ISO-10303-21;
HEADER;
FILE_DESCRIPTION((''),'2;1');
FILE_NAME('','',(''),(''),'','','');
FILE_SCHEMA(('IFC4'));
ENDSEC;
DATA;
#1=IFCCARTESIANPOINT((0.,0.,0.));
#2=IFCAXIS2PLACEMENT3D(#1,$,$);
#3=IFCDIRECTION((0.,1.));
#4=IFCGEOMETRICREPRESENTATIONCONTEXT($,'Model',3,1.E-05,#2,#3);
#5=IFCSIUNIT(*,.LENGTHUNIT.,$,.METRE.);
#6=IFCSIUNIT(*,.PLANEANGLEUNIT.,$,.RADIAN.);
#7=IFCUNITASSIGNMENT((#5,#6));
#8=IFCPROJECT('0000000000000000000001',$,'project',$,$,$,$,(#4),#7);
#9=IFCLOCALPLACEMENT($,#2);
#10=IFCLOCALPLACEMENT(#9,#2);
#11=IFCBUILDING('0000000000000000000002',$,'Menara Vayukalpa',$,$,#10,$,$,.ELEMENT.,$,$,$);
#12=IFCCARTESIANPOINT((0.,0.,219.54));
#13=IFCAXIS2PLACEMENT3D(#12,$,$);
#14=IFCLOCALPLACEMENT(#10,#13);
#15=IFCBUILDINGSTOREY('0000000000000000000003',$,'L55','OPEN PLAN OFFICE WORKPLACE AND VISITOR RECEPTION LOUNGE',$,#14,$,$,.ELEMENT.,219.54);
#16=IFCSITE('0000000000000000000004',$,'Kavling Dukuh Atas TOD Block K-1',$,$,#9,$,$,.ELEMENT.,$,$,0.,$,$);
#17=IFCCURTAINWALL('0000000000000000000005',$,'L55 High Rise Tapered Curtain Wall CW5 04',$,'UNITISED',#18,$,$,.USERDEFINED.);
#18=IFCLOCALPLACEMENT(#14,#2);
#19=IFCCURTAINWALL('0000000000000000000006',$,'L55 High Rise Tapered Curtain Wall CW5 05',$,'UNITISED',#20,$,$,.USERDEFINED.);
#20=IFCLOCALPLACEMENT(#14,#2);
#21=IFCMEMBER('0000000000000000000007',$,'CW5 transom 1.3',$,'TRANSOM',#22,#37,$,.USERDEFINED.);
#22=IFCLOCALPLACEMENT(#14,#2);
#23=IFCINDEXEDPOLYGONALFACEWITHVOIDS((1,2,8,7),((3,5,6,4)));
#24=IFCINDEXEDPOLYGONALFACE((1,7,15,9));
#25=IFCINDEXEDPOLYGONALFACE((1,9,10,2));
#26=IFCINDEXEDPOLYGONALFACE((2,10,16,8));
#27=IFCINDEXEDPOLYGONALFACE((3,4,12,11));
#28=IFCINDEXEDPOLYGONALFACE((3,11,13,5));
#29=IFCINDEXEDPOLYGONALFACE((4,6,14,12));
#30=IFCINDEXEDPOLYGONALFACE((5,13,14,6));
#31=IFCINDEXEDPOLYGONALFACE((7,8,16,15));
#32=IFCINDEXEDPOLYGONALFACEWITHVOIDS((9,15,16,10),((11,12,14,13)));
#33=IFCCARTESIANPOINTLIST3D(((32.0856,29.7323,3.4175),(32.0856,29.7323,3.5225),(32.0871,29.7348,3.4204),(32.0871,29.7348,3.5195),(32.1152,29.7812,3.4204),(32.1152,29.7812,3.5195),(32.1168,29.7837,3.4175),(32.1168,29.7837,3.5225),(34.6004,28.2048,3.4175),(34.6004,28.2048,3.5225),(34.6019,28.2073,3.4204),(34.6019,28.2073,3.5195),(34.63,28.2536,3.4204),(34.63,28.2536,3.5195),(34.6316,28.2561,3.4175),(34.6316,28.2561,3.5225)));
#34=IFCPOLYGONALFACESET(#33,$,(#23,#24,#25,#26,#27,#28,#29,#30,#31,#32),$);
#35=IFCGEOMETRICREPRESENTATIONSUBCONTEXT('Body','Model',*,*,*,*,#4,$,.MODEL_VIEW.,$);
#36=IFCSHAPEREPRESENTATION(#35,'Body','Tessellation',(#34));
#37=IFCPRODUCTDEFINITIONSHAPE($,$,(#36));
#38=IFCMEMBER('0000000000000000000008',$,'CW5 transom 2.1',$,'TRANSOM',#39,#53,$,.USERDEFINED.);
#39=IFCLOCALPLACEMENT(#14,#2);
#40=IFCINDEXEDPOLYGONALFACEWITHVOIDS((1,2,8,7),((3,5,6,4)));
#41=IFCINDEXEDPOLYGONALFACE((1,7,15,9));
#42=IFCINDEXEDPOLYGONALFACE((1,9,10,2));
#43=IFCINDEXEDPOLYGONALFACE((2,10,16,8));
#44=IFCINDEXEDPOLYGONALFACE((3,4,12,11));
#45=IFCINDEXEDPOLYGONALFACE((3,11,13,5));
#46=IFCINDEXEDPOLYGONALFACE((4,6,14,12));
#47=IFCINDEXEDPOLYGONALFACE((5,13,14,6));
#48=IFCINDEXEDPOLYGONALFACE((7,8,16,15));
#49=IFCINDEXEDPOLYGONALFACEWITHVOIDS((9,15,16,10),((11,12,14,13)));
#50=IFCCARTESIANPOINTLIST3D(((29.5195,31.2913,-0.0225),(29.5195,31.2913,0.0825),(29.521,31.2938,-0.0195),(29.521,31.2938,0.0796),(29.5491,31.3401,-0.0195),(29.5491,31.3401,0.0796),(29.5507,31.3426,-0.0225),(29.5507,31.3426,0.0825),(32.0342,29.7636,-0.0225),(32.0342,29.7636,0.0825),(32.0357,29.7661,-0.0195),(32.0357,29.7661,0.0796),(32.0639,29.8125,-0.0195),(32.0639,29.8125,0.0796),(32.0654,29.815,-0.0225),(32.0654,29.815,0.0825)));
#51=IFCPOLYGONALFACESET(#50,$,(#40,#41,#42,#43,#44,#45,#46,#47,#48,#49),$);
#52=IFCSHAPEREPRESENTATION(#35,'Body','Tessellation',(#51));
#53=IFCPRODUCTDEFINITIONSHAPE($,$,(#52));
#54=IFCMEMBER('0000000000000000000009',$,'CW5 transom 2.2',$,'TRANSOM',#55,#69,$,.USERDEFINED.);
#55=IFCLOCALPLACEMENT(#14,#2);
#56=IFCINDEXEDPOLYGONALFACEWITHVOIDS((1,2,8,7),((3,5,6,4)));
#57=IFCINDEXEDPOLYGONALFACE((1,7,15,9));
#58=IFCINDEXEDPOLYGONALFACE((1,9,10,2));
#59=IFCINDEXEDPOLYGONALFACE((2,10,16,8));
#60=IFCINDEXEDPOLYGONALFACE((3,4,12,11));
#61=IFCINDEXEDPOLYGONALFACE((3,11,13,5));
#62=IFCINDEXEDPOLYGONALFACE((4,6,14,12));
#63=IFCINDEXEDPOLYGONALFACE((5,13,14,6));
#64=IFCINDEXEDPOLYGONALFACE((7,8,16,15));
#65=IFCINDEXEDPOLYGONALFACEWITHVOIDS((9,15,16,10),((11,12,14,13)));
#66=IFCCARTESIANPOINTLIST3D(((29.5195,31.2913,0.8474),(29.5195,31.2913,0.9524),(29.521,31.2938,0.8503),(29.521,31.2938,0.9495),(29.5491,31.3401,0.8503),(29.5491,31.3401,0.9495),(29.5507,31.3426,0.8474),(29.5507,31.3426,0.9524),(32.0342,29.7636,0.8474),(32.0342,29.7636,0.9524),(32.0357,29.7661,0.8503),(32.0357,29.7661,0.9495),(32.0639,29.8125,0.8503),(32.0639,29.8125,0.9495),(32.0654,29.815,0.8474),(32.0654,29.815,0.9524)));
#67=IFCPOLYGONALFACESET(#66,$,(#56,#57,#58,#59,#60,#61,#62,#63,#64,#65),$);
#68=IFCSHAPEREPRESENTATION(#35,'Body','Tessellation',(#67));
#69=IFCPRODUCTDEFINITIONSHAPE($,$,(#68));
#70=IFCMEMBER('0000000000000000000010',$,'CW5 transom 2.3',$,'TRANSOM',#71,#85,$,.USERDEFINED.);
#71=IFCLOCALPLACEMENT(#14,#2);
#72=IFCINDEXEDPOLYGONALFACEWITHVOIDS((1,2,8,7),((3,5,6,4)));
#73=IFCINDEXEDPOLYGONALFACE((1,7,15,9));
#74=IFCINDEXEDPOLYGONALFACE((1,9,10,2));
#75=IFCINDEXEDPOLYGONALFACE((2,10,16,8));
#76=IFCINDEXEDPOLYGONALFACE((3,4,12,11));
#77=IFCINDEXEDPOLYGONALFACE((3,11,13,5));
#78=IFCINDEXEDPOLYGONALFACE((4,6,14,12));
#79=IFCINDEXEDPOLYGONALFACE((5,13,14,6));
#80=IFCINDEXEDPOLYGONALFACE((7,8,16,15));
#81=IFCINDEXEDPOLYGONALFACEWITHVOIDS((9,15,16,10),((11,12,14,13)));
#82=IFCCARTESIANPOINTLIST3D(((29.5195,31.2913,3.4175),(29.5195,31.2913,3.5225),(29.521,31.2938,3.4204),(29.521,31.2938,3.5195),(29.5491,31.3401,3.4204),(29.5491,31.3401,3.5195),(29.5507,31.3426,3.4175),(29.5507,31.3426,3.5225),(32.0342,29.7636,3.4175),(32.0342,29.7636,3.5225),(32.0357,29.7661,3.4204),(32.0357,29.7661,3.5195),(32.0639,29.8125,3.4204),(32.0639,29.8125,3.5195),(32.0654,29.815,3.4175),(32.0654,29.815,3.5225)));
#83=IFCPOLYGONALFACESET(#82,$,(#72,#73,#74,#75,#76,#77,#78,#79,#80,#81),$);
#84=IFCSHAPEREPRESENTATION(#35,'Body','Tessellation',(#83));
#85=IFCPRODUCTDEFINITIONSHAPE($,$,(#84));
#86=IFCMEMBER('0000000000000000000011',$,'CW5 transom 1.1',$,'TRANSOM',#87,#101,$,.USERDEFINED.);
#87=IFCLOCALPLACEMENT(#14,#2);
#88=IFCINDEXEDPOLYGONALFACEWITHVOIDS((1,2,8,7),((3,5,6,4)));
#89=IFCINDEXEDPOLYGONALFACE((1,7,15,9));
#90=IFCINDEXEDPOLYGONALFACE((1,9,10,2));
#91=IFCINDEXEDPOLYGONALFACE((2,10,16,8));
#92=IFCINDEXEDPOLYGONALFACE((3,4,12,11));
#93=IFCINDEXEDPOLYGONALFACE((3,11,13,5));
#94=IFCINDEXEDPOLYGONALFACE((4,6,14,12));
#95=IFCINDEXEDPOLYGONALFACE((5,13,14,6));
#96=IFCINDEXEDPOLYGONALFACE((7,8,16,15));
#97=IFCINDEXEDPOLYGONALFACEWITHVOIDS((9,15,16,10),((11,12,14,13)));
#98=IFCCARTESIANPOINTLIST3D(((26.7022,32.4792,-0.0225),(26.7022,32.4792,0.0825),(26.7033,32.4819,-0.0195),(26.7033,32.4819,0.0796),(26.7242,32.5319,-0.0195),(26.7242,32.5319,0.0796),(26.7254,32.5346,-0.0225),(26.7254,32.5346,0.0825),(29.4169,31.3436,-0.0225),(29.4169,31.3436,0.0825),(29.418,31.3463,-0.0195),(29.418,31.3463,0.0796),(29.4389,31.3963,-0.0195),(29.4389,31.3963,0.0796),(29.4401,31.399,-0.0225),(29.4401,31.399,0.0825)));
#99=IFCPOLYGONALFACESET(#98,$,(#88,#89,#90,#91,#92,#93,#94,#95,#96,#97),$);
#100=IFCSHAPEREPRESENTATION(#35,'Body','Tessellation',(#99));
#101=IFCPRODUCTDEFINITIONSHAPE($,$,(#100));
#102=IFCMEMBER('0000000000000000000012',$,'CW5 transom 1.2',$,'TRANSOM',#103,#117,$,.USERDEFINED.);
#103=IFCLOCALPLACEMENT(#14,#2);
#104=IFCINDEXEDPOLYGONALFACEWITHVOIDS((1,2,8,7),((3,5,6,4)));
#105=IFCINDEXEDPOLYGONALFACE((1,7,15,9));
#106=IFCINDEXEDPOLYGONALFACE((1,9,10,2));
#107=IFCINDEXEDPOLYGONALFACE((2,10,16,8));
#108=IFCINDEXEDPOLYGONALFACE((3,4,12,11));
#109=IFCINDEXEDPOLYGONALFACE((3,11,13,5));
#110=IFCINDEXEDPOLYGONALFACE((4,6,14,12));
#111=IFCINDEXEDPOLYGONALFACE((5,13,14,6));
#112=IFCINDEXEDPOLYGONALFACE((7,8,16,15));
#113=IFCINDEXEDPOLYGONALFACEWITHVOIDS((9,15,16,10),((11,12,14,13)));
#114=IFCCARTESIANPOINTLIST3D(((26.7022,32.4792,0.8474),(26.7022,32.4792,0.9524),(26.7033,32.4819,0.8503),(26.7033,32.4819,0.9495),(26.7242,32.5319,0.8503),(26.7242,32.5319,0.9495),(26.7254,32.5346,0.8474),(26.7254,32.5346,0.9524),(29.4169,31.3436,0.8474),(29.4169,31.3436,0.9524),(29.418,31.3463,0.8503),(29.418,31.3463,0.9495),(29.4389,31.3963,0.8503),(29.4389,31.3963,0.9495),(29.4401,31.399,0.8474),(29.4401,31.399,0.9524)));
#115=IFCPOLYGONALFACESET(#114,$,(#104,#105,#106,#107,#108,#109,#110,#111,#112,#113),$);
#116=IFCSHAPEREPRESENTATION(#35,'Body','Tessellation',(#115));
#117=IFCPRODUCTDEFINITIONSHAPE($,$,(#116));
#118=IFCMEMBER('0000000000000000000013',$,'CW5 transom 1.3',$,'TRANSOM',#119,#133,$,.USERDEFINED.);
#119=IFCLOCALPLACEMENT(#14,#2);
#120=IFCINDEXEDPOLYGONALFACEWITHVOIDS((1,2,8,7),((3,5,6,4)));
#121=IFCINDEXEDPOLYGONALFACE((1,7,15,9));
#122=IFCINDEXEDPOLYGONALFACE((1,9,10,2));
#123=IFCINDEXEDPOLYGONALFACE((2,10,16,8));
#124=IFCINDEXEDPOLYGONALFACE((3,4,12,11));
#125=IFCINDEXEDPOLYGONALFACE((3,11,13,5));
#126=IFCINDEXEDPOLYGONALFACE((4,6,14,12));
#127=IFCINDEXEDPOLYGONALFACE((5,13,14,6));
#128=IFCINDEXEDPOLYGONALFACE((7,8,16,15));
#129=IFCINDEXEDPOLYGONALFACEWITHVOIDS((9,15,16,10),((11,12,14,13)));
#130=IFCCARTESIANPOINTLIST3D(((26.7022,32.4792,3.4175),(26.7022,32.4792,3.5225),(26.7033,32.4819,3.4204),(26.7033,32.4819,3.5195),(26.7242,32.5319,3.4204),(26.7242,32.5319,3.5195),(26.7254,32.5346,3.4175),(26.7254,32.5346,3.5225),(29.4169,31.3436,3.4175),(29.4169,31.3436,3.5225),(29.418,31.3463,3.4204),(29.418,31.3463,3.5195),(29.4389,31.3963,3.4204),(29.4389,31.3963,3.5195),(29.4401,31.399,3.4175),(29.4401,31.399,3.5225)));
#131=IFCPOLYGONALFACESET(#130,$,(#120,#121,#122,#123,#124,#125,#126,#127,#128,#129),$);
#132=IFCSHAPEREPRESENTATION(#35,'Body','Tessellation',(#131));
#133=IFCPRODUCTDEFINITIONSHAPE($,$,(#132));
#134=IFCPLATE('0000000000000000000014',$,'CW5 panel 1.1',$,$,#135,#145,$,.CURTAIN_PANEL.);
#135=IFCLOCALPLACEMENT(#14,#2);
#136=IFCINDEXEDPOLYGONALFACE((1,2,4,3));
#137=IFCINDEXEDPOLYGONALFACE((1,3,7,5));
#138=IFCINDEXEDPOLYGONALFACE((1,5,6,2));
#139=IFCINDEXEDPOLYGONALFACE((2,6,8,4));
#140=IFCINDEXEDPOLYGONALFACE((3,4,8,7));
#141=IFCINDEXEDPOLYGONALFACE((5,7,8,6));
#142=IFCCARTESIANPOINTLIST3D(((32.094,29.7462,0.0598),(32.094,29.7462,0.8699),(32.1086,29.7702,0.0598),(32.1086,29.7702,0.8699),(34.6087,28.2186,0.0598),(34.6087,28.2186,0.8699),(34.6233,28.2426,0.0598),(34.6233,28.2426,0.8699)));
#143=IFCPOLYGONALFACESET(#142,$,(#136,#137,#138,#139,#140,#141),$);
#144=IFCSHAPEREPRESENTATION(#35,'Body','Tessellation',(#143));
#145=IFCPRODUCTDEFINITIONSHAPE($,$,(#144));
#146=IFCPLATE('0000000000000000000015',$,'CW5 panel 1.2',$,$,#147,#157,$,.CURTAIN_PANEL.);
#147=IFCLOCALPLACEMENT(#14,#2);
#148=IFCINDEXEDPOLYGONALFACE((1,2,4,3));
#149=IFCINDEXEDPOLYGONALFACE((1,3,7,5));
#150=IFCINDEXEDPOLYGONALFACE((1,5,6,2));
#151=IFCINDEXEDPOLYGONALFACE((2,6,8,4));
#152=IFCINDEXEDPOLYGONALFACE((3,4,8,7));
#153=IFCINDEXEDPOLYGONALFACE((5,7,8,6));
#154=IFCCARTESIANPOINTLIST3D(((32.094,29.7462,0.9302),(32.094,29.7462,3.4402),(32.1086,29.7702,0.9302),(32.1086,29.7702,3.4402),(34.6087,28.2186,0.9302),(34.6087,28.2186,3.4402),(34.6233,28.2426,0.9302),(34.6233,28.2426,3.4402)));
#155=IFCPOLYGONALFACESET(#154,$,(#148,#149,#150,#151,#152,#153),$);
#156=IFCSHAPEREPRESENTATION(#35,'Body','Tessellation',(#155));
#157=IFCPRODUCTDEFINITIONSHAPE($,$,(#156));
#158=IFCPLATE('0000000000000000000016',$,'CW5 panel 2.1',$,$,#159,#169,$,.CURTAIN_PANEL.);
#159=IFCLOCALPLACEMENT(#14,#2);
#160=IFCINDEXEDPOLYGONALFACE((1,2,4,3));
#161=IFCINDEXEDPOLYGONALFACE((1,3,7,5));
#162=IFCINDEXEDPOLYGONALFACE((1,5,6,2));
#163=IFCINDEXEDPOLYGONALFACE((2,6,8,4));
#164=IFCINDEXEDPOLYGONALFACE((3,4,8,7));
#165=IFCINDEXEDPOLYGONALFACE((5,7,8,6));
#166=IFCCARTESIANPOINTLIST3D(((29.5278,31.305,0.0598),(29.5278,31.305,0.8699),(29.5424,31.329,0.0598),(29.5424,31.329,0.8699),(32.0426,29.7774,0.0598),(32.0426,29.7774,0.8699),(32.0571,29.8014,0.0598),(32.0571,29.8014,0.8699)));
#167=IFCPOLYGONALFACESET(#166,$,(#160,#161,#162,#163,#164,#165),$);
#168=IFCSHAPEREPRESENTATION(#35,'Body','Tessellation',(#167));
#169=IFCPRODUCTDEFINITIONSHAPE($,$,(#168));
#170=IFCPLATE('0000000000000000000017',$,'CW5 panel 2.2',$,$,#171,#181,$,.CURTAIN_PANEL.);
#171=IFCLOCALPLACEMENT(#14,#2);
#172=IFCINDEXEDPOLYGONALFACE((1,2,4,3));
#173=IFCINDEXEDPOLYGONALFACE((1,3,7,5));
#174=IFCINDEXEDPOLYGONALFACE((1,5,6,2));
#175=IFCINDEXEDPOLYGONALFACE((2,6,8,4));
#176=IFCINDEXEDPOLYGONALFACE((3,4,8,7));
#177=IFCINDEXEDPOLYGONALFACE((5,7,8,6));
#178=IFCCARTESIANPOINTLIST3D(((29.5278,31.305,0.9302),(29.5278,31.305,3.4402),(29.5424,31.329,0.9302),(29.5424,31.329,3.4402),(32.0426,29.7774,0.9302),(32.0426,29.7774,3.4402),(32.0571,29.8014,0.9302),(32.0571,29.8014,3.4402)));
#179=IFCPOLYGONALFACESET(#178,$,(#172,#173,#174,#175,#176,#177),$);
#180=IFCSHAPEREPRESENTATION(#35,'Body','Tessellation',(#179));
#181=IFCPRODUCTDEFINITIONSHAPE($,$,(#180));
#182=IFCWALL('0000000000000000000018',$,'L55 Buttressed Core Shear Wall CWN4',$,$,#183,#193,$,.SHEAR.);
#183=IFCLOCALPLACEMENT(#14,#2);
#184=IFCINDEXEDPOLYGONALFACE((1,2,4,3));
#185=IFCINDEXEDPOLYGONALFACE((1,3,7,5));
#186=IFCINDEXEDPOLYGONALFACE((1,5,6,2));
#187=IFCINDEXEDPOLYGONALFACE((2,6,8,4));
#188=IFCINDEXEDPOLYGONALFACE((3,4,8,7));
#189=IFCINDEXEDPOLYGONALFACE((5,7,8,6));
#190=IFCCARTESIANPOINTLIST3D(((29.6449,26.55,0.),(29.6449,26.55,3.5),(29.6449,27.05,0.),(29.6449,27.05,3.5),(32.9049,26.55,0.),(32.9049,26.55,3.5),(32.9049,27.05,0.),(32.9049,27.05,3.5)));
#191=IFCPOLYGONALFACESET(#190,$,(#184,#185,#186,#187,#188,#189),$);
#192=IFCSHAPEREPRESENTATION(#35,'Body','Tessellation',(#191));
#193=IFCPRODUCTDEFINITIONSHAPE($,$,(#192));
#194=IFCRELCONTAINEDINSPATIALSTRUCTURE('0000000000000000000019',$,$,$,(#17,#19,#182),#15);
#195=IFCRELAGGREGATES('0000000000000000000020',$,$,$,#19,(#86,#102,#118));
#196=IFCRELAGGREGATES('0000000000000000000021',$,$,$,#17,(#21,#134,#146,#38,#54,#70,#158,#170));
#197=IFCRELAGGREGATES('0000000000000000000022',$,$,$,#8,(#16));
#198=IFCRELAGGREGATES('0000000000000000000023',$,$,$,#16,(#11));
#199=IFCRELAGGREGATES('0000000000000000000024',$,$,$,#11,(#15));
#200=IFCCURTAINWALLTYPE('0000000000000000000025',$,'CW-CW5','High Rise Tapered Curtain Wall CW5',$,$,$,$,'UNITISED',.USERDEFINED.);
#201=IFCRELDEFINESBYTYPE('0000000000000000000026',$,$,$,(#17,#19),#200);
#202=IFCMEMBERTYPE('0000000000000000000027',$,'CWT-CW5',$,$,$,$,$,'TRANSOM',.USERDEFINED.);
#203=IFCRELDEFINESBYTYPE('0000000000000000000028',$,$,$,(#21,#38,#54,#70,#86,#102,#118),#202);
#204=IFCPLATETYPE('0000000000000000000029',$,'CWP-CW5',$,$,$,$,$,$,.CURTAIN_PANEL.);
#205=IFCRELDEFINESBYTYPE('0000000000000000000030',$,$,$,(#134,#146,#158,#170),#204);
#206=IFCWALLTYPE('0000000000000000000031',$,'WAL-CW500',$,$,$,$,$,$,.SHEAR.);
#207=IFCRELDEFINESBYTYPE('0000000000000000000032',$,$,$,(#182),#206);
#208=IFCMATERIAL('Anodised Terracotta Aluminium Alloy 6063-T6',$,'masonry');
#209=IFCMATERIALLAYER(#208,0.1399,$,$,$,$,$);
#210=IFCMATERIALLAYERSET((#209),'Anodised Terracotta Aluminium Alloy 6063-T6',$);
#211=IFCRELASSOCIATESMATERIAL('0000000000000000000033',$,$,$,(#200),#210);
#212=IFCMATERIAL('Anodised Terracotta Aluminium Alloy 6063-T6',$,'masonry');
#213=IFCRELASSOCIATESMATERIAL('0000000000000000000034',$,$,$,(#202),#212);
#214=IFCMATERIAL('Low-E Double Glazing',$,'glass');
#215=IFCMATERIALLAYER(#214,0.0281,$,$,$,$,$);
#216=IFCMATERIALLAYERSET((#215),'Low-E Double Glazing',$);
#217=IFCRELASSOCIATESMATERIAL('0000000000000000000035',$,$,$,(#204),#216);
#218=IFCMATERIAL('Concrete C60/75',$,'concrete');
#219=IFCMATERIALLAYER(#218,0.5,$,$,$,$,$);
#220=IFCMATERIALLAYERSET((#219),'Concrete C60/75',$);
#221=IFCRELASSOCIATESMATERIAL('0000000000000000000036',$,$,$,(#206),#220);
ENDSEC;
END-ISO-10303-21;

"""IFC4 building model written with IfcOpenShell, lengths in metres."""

from ifc_helpers import new_model, si_unit, direction, frame, frame_2d, origin, origin_2d, place, context, subcontext, project, spatial, rectangle, hollow_rectangle, extrude, material, layer, layer_set, material_profile, profile_set, type_object, element, aggregate, save


model = new_model("IFC4")

# Units and contexts
model_context = context("Model", 3, precision=1e-05, world=origin(), true_north=direction((0.0, 1.0)))
body_context = subcontext(model_context, "Body", "Model", "MODEL_VIEW")
ifc_project = project(units=[si_unit("LENGTHUNIT", "METRE"), si_unit("PLANEANGLEUNIT", "RADIAN")], contexts=[model_context])

# Site, building, storey
site_placement = place(None, origin())
site = spatial("IfcSite", under=ifc_project, at=site_placement, Name="Kavling Dukuh Atas TOD Block K-1", CompositionType="ELEMENT", RefElevation=0.0)
building_placement = place(site_placement, origin())
building = spatial("IfcBuilding", under=site, at=building_placement, Name="Menara Vayukalpa", CompositionType="ELEMENT")
storey_placement = place(building_placement, frame((0.0, 0.0, 219.54)))
storey = spatial("IfcBuildingStorey", under=building, at=storey_placement, Name="L55", Description="OPEN PLAN OFFICE WORKPLACE AND VISITOR RECEPTION LOUNGE", CompositionType="ELEMENT", Elevation=219.54)

# Curtain wall
ifc_material_1 = material(Name="Anodised Terracotta Aluminium Alloy 6063-T6", Category="masonry")
ifc_layer_1 = layer(ifc_material_1, 0.1399)
ifc_layer_set_1 = layer_set([ifc_layer_1], Name="Anodised Terracotta Aluminium Alloy 6063-T6")
curtain_wall_type = type_object("IfcCurtainWallType", Name="CW-CW5", Description="High Rise Tapered Curtain Wall CW5", ElementType="UNITISED", PredefinedType="USERDEFINED", material=ifc_layer_set_1)
curtain_wall_1_placement = place(storey_placement, origin())
curtain_wall_1 = element("IfcCurtainWall", 1, at=curtain_wall_1_placement, inside=storey, type_object=curtain_wall_type, Name="L55 High Rise Tapered Curtain Wall CW5 04", ObjectType="UNITISED", PredefinedType="USERDEFINED")

# Curtain wall
curtain_wall_2_placement = place(storey_placement, origin())
curtain_wall_2 = element("IfcCurtainWall", 2, at=curtain_wall_2_placement, inside=storey, type_object=curtain_wall_type, Name="L55 High Rise Tapered Curtain Wall CW5 05", ObjectType="UNITISED", PredefinedType="USERDEFINED")

# Members
ifc_material_2 = material(Name="Anodised Terracotta Aluminium Alloy 6063-T6", Category="masonry")
ifc_material_profile_1 = material_profile(ifc_material_2, hollow_rectangle(XDim=0.0601, YDim=0.105, WallThickness=0.0029, at=origin_2d()), Name="ALU 60x105x3")
ifc_profile_set_1 = profile_set([ifc_material_profile_1], Name="Anodised Terracotta Aluminium Alloy 6063-T6")
member_type_1 = type_object("IfcMemberType", Name="CWT-CW5", ElementType="TRANSOM", PredefinedType="USERDEFINED", material=ifc_profile_set_1)
member_1_placement = place(storey_placement, frame((34.616, 28.2305, 3.47), z_axis=(-0.854684, 0.519149, 0.0), x_axis=(-0.519149, -0.854684, 0.0)))
member_1 = element("IfcMember", 3, at=member_1_placement, type_object=member_type_1, Name="CW5 transom 1.3", ObjectType="TRANSOM", PredefinedType="USERDEFINED", context=body_context, shape_type="SweptSolid", body=[
    extrude(hollow_rectangle(XDim=0.0601, YDim=0.105, WallThickness=0.0029, at=origin_2d()), origin(), (0.0, 0.0, 1.0), 2.9424),
])
member_2_placement = place(storey_placement, frame((32.0498, 29.7893, 0.03), z_axis=(-0.854661, 0.519186, 0.0), x_axis=(-0.519186, -0.854661, 0.0)))
member_2 = element("IfcMember", 4, at=member_2_placement, type_object=member_type_1, Name="CW5 transom 2.1", ObjectType="TRANSOM", PredefinedType="USERDEFINED", context=body_context, shape_type="SweptSolid", body=[
    extrude(hollow_rectangle(XDim=0.0601, YDim=0.105, WallThickness=0.0029, at=origin_2d()), origin(), (0.0, 0.0, 1.0), 2.9424),
])
member_3_placement = place(storey_placement, frame((32.0498, 29.7893, 0.8999), z_axis=(-0.854661, 0.519186, 0.0), x_axis=(-0.519186, -0.854661, 0.0)))
member_3 = element("IfcMember", 5, at=member_3_placement, type_object=member_type_1, Name="CW5 transom 2.2", ObjectType="TRANSOM", PredefinedType="USERDEFINED", context=body_context, shape_type="SweptSolid", body=[
    extrude(hollow_rectangle(XDim=0.0601, YDim=0.105, WallThickness=0.0029, at=origin_2d()), origin(), (0.0, 0.0, 1.0), 2.9424),
])
member_4_placement = place(storey_placement, frame((32.0498, 29.7893, 3.47), z_axis=(-0.854661, 0.519186, 0.0), x_axis=(-0.519186, -0.854661, 0.0)))
member_4 = element("IfcMember", 6, at=member_4_placement, type_object=member_type_1, Name="CW5 transom 2.3", ObjectType="TRANSOM", PredefinedType="USERDEFINED", context=body_context, shape_type="SweptSolid", body=[
    extrude(hollow_rectangle(XDim=0.0601, YDim=0.105, WallThickness=0.0029, at=origin_2d()), origin(), (0.0, 0.0, 1.0), 2.9424),
])
member_5_placement = place(storey_placement, frame((29.4285, 31.3713, 0.03), z_axis=(-0.922543, 0.385893, 0.0), x_axis=(-0.385893, -0.922543, 0.0)))
member_5 = element("IfcMember", 7, at=member_5_placement, type_object=member_type_1, Name="CW5 transom 1.1", ObjectType="TRANSOM", PredefinedType="USERDEFINED", context=body_context, shape_type="SweptSolid", body=[
    extrude(hollow_rectangle(XDim=0.0601, YDim=0.105, WallThickness=0.0029, at=origin_2d()), origin(), (0.0, 0.0, 1.0), 2.9426),
])
member_6_placement = place(storey_placement, frame((29.4285, 31.3713, 0.8999), z_axis=(-0.922543, 0.385893, 0.0), x_axis=(-0.385893, -0.922543, 0.0)))
member_6 = element("IfcMember", 8, at=member_6_placement, type_object=member_type_1, Name="CW5 transom 1.2", ObjectType="TRANSOM", PredefinedType="USERDEFINED", context=body_context, shape_type="SweptSolid", body=[
    extrude(hollow_rectangle(XDim=0.0601, YDim=0.105, WallThickness=0.0029, at=origin_2d()), origin(), (0.0, 0.0, 1.0), 2.9426),
])
member_7_placement = place(storey_placement, frame((29.4285, 31.3713, 3.47), z_axis=(-0.922543, 0.385893, 0.0), x_axis=(-0.385893, -0.922543, 0.0)))
member_7 = element("IfcMember", 9, at=member_7_placement, type_object=member_type_1, Name="CW5 transom 1.3", ObjectType="TRANSOM", PredefinedType="USERDEFINED", context=body_context, shape_type="SweptSolid", body=[
    extrude(hollow_rectangle(XDim=0.0601, YDim=0.105, WallThickness=0.0029, at=origin_2d()), origin(), (0.0, 0.0, 1.0), 2.9426),
])
aggregate(curtain_wall_2, [member_5, member_6, member_7])

# Plates
ifc_material_3 = material(Name="Low-E Double Glazing", Category="glass")
ifc_layer_2 = layer(ifc_material_3, 0.0281)
ifc_layer_set_2 = layer_set([ifc_layer_2], Name="Low-E Double Glazing")
plate_type = type_object("IfcPlateType", Name="CWP-CW5", PredefinedType="CURTAIN_PANEL", material=ifc_layer_set_2)
plate_1_placement = place(storey_placement, frame((33.3586, 28.9944, 0.0598), z_axis=(0.0, 0.0, 1.0), x_axis=(-0.854665, 0.51918, 0.0)))
plate_1 = element("IfcPlate", 10, at=plate_1_placement, type_object=plate_type, Name="CW5 panel 1.1", PredefinedType="CURTAIN_PANEL", context=body_context, shape_type="SweptSolid", body=[
    extrude(rectangle(XDim=2.9424, YDim=0.0281, at=origin_2d()), origin(), (0.0, 0.0, 1.0), 0.8101),
])
plate_2_placement = place(storey_placement, frame((33.3586, 28.9944, 0.9302), z_axis=(0.0, 0.0, 1.0), x_axis=(-0.854665, 0.51918, 0.0)))
plate_2 = element("IfcPlate", 11, at=plate_2_placement, type_object=plate_type, Name="CW5 panel 1.2", PredefinedType="CURTAIN_PANEL", context=body_context, shape_type="SweptSolid", body=[
    extrude(rectangle(XDim=2.9424, YDim=0.0281, at=origin_2d()), origin(), (0.0, 0.0, 1.0), 2.51),
])
plate_3_placement = place(storey_placement, frame((30.7925, 30.5532, 0.0598), z_axis=(0.0, 0.0, 1.0), x_axis=(-0.854665, 0.51918, 0.0)))
plate_3 = element("IfcPlate", 12, at=plate_3_placement, type_object=plate_type, Name="CW5 panel 2.1", PredefinedType="CURTAIN_PANEL", context=body_context, shape_type="SweptSolid", body=[
    extrude(rectangle(XDim=2.9424, YDim=0.0281, at=origin_2d()), origin(), (0.0, 0.0, 1.0), 0.8101),
])
plate_4_placement = place(storey_placement, frame((30.7925, 30.5532, 0.9302), z_axis=(0.0, 0.0, 1.0), x_axis=(-0.854665, 0.51918, 0.0)))
plate_4 = element("IfcPlate", 13, at=plate_4_placement, type_object=plate_type, Name="CW5 panel 2.2", PredefinedType="CURTAIN_PANEL", context=body_context, shape_type="SweptSolid", body=[
    extrude(rectangle(XDim=2.9424, YDim=0.0281, at=origin_2d()), origin(), (0.0, 0.0, 1.0), 2.51),
])
aggregate(curtain_wall_1, [member_1, plate_1, plate_2, member_2, member_3, member_4, plate_3, plate_4])

# Wall
ifc_material_4 = material(Name="Concrete C60/75", Category="concrete")
ifc_layer_3 = layer(ifc_material_4, 0.5)
ifc_layer_set_3 = layer_set([ifc_layer_3], Name="Concrete C60/75")
wall_type_1 = type_object("IfcWallType", Name="WAL-CW500", PredefinedType="SHEAR", material=ifc_layer_set_3)
wall_1_placement = place(storey_placement, frame((29.645, 26.8, 0.0), z_axis=(0.0, 0.0, 1.0), x_axis=(1.0, 0.0, 0.0)))
element("IfcWall", 14, at=wall_1_placement, inside=storey, type_object=wall_type_1, Name="L55 Buttressed Core Shear Wall CWN4", PredefinedType="SHEAR", context=body_context, shape_type="SweptSolid", body=[
    extrude(rectangle(XDim=3.26, YDim=0.5, at=frame_2d((1.6299, 0.0))), origin(), (0.0, 0.0, 1.0), 3.5),
])

save(model, "model.ifc")
